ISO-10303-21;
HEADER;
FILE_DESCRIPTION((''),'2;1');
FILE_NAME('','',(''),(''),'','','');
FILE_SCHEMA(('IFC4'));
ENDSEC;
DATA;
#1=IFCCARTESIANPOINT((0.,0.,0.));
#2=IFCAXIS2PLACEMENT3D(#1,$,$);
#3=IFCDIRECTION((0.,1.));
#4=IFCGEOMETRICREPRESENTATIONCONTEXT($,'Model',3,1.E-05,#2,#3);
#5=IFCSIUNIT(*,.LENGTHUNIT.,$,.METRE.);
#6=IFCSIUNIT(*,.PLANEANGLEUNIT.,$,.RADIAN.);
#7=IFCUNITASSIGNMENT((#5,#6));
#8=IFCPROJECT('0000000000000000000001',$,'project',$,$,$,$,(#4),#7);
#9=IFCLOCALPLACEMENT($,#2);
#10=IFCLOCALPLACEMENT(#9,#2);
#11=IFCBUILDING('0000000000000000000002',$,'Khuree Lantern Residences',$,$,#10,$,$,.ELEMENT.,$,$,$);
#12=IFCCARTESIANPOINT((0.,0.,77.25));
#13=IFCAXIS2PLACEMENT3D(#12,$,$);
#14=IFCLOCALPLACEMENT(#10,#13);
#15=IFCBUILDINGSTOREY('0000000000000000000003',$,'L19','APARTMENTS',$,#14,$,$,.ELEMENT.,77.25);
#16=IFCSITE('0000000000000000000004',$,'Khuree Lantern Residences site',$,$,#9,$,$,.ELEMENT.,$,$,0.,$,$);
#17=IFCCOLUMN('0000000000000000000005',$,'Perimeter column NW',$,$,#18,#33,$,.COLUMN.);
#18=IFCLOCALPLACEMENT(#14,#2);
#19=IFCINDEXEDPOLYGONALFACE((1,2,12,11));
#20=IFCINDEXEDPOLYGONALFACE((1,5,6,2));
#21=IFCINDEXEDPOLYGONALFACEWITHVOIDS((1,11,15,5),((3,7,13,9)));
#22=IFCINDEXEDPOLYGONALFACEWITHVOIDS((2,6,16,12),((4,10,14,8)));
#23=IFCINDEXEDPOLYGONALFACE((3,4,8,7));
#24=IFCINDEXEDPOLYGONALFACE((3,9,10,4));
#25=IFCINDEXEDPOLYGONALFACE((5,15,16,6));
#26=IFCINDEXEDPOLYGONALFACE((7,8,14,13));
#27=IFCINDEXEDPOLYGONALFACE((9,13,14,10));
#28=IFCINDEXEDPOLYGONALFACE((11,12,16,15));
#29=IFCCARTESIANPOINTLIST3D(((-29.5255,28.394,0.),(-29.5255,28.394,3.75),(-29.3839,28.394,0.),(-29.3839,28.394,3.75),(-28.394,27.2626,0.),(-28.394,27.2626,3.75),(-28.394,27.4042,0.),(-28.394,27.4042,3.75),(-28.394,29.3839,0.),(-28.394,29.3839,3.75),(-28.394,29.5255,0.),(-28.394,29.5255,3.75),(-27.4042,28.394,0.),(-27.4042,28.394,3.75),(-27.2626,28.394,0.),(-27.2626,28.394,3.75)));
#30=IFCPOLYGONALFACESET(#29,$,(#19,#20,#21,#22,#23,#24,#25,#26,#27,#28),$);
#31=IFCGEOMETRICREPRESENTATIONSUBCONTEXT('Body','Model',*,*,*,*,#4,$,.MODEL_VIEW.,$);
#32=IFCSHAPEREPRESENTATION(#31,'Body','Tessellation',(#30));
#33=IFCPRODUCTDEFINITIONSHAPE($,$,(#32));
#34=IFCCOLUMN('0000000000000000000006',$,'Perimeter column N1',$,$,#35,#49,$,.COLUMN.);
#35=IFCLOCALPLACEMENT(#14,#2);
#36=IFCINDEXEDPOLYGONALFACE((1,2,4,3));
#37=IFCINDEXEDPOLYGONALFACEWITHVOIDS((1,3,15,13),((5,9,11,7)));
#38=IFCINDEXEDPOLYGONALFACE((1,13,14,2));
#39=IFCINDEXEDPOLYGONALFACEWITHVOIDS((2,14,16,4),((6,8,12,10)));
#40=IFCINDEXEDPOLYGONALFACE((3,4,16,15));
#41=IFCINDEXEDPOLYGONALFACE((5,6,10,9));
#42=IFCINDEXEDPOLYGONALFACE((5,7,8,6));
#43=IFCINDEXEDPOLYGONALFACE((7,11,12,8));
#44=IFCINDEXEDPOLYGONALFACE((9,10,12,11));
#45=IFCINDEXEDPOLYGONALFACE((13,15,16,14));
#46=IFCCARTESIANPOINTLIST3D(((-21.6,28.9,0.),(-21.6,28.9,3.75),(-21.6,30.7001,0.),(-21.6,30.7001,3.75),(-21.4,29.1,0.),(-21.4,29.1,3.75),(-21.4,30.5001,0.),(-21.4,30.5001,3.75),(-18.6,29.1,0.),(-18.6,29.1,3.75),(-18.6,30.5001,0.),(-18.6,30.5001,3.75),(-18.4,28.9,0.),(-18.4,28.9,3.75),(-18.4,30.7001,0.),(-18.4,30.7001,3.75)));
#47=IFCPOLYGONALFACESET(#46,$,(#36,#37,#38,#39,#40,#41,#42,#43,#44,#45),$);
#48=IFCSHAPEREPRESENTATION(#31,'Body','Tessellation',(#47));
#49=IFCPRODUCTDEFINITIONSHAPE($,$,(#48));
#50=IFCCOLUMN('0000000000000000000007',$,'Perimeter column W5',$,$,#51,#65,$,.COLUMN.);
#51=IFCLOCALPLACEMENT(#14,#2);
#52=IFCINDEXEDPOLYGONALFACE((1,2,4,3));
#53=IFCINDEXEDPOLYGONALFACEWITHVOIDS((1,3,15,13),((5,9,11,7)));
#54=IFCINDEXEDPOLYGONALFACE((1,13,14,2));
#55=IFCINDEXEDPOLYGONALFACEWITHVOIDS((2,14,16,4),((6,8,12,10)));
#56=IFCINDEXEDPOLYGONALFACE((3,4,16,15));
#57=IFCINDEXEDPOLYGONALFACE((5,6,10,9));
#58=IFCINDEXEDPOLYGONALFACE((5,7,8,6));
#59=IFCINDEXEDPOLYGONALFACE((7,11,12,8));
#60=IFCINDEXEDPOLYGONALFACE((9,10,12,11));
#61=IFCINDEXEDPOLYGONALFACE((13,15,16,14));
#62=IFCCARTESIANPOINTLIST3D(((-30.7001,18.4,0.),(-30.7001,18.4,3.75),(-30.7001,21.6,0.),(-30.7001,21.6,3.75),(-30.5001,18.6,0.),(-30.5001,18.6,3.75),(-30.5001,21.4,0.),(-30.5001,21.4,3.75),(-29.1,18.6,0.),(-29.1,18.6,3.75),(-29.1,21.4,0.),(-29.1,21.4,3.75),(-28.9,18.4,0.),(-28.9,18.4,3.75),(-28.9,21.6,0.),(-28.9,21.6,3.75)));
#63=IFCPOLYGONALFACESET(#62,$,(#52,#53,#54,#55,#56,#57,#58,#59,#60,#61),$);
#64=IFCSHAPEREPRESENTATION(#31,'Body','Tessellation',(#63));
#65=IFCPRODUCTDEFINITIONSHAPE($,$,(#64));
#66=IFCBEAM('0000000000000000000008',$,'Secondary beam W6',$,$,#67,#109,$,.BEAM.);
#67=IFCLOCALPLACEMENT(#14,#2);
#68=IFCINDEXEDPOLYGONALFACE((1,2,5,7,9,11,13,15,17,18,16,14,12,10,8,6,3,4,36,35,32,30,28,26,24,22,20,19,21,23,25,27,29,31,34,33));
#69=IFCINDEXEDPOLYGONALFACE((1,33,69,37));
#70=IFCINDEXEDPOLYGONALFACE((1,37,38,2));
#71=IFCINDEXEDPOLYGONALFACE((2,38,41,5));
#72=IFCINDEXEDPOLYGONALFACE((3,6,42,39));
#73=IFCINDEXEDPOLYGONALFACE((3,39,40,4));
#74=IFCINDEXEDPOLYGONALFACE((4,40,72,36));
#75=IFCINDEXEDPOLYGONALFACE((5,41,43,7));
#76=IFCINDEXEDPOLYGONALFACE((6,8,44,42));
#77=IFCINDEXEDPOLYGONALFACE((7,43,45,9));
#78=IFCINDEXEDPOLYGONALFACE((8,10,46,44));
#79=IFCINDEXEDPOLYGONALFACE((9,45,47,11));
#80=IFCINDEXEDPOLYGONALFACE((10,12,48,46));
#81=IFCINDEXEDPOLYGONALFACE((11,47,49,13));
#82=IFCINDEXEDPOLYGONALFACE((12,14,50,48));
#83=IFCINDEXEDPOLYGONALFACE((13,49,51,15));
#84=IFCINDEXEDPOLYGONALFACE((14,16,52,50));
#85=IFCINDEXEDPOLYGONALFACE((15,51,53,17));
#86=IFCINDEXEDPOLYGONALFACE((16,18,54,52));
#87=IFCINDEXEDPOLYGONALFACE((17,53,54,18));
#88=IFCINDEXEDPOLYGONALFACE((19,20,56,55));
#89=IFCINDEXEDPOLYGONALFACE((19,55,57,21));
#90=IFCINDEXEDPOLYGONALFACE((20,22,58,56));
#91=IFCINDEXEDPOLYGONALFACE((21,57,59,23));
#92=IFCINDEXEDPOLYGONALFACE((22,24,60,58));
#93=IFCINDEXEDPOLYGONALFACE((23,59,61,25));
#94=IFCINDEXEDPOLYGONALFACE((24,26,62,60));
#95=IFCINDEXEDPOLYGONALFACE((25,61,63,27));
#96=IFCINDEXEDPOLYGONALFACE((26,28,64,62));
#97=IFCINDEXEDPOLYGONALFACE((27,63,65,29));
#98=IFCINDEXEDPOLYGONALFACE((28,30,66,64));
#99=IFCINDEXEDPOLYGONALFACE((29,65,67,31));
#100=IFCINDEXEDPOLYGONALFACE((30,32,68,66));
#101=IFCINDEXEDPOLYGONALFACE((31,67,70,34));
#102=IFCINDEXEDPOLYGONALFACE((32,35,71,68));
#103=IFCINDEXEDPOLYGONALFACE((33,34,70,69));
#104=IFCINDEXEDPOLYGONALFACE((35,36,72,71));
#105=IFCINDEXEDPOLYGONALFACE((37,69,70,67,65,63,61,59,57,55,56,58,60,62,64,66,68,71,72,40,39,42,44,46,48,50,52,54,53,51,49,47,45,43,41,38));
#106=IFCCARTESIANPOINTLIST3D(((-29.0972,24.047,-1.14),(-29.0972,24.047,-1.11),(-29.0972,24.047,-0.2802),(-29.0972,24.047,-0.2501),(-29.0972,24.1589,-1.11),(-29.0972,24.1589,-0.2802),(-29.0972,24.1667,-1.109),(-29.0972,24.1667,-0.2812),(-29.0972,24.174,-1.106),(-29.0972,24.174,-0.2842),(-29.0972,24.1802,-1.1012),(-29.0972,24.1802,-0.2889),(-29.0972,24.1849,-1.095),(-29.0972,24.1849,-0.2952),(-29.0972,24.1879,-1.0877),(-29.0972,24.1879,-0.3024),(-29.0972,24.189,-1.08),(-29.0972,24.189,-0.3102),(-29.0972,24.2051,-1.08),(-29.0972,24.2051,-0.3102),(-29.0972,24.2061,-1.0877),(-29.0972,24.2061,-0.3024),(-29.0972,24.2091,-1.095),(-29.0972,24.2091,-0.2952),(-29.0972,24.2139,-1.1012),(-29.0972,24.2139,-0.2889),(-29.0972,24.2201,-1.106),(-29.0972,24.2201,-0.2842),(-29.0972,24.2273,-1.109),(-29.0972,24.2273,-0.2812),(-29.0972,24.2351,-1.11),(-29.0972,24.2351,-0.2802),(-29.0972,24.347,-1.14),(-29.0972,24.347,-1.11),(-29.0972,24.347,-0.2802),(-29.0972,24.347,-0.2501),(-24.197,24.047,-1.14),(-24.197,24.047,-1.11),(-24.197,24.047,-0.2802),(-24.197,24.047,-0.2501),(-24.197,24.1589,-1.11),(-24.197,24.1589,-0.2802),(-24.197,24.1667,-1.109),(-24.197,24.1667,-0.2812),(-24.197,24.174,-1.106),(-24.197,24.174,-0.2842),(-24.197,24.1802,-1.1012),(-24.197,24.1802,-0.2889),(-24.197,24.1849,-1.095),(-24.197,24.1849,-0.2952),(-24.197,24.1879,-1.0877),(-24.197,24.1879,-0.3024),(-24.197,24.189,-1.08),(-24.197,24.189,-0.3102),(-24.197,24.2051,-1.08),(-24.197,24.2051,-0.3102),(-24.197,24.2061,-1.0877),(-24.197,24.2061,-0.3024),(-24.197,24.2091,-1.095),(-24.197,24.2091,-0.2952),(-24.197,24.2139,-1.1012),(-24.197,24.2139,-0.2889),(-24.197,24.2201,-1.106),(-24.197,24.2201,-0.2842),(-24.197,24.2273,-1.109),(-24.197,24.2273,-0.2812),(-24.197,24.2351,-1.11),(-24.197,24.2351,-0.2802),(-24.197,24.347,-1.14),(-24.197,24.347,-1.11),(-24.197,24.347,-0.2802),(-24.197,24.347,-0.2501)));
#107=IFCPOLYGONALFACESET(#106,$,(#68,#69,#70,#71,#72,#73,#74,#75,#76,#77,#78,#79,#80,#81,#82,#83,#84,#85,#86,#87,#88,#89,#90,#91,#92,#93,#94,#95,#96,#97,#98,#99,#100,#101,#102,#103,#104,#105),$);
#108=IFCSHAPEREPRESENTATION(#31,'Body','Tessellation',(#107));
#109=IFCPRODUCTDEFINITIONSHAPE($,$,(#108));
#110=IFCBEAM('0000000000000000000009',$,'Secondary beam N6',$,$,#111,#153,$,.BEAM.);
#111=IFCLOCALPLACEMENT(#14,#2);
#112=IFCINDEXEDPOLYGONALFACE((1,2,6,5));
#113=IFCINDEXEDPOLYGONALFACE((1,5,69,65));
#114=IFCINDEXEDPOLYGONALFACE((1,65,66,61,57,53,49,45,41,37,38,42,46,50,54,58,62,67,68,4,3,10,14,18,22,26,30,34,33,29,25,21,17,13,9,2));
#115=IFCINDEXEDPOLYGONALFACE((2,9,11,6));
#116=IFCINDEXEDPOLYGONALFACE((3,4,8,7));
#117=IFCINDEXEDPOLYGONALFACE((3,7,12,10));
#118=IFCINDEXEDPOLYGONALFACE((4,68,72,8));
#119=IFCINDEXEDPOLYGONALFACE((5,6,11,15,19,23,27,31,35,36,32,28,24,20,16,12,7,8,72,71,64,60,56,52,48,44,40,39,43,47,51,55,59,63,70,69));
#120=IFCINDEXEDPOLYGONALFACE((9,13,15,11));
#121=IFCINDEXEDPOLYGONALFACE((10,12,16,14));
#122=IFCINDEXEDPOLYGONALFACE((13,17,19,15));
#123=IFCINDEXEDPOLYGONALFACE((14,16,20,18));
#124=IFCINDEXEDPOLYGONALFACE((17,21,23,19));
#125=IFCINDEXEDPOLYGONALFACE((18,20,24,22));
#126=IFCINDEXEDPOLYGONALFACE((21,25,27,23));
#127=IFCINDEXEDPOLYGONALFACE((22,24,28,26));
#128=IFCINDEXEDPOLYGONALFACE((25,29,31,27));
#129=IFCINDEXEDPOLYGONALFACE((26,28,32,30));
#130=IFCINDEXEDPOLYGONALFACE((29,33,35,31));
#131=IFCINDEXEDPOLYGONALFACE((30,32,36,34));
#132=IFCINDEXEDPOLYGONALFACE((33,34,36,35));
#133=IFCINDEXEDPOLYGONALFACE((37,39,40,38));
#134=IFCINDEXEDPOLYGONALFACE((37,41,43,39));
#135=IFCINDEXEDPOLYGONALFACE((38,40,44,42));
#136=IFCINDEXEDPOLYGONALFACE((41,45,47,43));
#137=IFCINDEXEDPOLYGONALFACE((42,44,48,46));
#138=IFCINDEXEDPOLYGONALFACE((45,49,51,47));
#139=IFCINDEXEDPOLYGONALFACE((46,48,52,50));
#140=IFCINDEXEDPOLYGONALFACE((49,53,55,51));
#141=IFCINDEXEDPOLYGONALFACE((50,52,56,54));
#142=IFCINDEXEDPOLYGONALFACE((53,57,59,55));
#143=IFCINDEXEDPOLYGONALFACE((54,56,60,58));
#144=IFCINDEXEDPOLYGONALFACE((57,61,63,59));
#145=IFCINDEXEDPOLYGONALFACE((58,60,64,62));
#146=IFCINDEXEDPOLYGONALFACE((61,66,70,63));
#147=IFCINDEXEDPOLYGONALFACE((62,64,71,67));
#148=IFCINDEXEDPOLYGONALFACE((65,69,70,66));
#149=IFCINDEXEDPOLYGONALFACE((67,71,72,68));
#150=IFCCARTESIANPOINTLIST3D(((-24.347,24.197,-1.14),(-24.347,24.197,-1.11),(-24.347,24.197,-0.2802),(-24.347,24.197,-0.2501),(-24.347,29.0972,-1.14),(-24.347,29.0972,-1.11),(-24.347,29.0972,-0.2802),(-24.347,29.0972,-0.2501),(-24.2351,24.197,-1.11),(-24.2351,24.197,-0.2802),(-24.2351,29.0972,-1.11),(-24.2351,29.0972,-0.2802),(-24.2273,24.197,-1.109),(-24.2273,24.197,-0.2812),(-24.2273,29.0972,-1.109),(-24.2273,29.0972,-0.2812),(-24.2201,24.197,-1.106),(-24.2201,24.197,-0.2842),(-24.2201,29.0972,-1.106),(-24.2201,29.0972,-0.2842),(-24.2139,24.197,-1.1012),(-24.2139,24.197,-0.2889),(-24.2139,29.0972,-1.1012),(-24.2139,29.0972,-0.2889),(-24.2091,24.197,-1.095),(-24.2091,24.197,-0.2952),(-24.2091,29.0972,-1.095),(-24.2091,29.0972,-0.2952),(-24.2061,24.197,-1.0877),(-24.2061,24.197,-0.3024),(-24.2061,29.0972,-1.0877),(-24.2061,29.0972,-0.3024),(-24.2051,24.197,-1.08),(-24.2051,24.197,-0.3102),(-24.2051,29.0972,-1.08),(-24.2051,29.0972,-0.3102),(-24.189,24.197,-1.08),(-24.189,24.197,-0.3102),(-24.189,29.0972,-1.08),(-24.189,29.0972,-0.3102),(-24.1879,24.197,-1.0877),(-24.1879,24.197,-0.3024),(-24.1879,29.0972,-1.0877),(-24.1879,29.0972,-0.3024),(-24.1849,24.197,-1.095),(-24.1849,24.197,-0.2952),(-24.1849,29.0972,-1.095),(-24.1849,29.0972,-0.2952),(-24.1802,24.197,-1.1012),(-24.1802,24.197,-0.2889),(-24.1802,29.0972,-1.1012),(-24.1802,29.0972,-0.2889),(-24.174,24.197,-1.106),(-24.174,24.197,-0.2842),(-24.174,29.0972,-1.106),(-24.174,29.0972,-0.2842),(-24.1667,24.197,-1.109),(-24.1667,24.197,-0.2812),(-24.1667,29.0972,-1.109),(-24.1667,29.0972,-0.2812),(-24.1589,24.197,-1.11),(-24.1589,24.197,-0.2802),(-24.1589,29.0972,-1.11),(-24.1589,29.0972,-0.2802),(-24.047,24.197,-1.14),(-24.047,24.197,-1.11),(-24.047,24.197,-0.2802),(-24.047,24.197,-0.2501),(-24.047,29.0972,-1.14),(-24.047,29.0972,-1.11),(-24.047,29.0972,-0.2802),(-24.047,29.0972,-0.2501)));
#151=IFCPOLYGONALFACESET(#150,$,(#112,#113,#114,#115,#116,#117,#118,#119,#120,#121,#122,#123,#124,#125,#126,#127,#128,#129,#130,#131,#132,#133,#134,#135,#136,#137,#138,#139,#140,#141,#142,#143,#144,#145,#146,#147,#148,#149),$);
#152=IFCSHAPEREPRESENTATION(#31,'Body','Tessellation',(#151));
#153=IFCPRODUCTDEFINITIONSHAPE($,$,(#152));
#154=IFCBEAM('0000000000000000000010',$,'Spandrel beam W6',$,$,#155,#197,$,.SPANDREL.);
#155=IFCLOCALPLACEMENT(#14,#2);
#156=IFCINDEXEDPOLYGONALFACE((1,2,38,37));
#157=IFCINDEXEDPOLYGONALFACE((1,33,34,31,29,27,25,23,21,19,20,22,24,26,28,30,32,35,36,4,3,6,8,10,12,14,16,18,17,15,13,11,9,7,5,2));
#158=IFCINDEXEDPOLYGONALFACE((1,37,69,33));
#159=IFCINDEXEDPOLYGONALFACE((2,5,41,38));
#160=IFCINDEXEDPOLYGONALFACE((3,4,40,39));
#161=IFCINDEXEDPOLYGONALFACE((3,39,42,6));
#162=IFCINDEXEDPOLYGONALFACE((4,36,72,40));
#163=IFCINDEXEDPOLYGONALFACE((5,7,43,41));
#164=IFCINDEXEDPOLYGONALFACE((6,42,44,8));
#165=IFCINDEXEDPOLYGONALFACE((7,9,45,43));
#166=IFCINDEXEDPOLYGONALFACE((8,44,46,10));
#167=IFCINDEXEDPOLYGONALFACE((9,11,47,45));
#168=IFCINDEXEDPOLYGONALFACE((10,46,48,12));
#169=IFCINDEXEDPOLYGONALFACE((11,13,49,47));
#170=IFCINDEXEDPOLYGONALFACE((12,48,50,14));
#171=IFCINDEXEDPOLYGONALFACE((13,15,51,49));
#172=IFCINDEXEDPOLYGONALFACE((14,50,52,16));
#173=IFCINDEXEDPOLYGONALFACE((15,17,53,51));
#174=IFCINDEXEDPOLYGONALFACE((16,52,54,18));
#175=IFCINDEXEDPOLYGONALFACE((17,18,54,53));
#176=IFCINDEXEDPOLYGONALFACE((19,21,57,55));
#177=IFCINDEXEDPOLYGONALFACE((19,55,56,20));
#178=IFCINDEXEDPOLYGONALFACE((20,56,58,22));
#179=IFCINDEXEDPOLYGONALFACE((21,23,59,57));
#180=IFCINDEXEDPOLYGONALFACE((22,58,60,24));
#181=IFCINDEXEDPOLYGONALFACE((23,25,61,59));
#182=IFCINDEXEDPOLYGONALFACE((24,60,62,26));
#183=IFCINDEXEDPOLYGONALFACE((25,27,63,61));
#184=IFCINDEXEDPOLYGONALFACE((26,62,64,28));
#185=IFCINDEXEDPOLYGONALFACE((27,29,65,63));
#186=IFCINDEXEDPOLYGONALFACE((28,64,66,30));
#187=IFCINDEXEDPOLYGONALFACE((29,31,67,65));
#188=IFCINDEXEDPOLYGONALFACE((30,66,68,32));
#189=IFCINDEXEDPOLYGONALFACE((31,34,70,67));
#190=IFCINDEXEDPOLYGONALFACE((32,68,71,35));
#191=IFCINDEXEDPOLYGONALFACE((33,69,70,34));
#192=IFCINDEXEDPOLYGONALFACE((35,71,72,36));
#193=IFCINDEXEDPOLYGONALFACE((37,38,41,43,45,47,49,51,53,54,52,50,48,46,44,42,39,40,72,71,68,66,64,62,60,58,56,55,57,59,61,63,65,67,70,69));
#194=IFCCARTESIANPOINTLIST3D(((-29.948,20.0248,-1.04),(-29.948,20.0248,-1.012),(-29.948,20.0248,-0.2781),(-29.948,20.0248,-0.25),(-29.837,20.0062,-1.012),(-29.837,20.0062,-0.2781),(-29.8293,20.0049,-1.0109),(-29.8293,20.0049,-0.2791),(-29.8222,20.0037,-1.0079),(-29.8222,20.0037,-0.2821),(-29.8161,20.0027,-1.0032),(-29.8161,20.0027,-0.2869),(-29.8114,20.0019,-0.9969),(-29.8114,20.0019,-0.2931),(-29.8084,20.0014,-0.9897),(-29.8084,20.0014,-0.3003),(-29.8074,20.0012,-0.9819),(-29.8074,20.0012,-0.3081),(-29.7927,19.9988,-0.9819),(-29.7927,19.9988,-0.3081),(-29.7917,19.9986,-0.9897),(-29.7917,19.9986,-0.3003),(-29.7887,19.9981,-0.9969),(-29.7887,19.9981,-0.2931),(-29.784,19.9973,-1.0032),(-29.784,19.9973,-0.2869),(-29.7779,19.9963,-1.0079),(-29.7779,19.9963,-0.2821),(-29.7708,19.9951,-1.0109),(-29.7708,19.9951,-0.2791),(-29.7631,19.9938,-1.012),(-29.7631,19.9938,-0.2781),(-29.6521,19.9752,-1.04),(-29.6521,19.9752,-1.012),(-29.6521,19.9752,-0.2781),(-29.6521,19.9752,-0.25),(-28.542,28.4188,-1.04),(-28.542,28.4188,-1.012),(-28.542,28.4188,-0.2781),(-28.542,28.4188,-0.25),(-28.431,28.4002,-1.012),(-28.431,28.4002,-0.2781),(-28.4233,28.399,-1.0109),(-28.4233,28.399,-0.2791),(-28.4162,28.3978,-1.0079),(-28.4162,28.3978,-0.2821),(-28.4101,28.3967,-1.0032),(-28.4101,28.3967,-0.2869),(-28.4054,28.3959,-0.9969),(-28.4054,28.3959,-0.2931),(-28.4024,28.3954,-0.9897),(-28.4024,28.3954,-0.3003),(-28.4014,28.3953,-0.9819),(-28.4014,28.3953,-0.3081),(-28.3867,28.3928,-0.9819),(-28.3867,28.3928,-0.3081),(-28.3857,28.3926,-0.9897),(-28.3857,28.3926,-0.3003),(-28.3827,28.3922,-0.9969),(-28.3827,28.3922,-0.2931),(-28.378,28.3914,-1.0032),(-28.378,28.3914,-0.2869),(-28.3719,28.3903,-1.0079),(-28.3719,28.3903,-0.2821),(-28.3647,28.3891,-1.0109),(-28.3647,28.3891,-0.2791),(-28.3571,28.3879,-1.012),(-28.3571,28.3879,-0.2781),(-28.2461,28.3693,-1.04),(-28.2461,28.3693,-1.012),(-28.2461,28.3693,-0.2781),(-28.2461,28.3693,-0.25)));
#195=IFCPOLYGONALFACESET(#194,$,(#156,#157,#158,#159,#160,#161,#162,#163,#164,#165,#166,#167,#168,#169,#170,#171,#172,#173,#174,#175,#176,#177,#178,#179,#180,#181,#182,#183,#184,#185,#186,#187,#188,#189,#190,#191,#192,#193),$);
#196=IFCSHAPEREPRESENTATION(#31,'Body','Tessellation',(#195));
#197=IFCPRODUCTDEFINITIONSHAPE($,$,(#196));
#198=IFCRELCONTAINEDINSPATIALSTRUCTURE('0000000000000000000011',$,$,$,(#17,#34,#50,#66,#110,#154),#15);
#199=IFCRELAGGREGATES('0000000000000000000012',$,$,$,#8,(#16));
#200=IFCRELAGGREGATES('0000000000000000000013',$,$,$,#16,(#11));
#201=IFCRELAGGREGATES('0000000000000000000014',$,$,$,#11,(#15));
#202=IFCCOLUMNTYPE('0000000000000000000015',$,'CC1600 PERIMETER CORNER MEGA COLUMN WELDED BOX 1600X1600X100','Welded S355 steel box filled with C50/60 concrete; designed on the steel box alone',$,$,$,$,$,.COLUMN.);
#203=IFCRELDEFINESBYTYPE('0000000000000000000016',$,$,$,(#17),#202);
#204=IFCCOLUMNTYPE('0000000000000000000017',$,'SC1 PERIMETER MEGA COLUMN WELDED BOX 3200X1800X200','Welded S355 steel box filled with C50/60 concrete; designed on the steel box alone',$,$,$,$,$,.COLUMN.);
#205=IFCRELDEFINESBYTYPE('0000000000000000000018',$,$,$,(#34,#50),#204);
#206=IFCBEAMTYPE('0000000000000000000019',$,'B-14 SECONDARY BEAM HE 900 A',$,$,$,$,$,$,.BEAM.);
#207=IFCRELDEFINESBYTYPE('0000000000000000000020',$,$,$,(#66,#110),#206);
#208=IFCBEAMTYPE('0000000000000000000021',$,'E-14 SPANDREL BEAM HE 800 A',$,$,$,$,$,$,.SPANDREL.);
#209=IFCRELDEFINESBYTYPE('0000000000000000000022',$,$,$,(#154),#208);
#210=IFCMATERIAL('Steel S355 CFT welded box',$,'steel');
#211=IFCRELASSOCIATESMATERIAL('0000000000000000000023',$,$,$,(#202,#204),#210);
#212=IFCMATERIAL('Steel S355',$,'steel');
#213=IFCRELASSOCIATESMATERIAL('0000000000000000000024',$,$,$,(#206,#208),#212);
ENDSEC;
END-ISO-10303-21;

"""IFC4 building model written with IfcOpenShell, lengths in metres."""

from ifc_helpers import new_model, si_unit, direction, frame, origin, origin_2d, place, context, subcontext, project, spatial, hollow_rectangle, i_section, extrude, material, material_profile, profile_set, type_object, element, save


model = new_model("IFC4")

# Units and contexts
model_context = context("Model", 3, precision=1e-05, world=origin(), true_north=direction((0.0, 1.0)))
body_context = subcontext(model_context, "Body", "Model", "MODEL_VIEW")
ifc_project = project(units=[si_unit("LENGTHUNIT", "METRE"), si_unit("PLANEANGLEUNIT", "RADIAN")], contexts=[model_context])

# Site, building, storey
site_placement = place(None, origin())
site = spatial("IfcSite", under=ifc_project, at=site_placement, Name="Khuree Lantern Residences site", CompositionType="ELEMENT", RefElevation=0.0)
building_placement = place(site_placement, origin())
building = spatial("IfcBuilding", under=site, at=building_placement, Name="Khuree Lantern Residences", CompositionType="ELEMENT")
storey_placement = place(building_placement, frame((0.0, 0.0, 77.25)))
storey = spatial("IfcBuildingStorey", under=building, at=storey_placement, Name="L19", Description="APARTMENTS", CompositionType="ELEMENT", Elevation=77.25)

# Columns
ifc_material_1 = material(Name="Steel S355 CFT welded box", Category="steel")
ifc_material_profile_1 = material_profile(ifc_material_1, hollow_rectangle(XDim=1.6001, YDim=1.6001, WallThickness=0.1001, at=origin_2d()), Name="WELDED BOX 1600X1600X100")
ifc_profile_set_1 = profile_set([ifc_material_profile_1], Name="Steel S355 CFT welded box")
column_type_1 = type_object("IfcColumnType", Name="CC1600 PERIMETER CORNER MEGA COLUMN WELDED BOX 1600X1600X100", Description="Welded S355 steel box filled with C50/60 concrete; designed on the steel box alone", PredefinedType="COLUMN", material=ifc_profile_set_1)
column_placement = place(storey_placement, frame((-28.394, 28.394, 0.0), z_axis=(0.0, 0.0, 1.0), x_axis=(0.707107, 0.707107, 0.0)))
element("IfcColumn", 1, at=column_placement, inside=storey, type_object=column_type_1, Name="Perimeter column NW", PredefinedType="COLUMN", context=body_context, shape_type="SweptSolid", body=[
    extrude(hollow_rectangle(XDim=1.6001, YDim=1.6001, WallThickness=0.1001, at=origin_2d()), origin(), (0.0, 0.0, 1.0), 3.75),
])
ifc_material_profile_2 = material_profile(ifc_material_1, hollow_rectangle(XDim=3.2, YDim=1.8, WallThickness=0.2, at=origin_2d()), Name="WELDED BOX 3200X1800X200")
ifc_profile_set_2 = profile_set([ifc_material_profile_2], Name="Steel S355 CFT welded box")
column_type_2 = type_object("IfcColumnType", Name="SC1 PERIMETER MEGA COLUMN WELDED BOX 3200X1800X200", Description="Welded S355 steel box filled with C50/60 concrete; designed on the steel box alone", PredefinedType="COLUMN", material=ifc_profile_set_2)
for number, where, z_axis, x_axis, name in (
    (2, (-20.0, 29.8, 0.0), (0.0, 0.0, 1.0), (1.0, 0.0, 0.0), "Perimeter column N1"),
    (3, (-29.8, 20.0, 0.0), (0.0, 0.0, 1.0), (0.0, 1.0, 0.0), "Perimeter column W5"),
):
    element("IfcColumn", number, at=place(storey_placement, frame(where, z_axis=z_axis, x_axis=x_axis)), inside=storey, type_object=column_type_2, Name=name, PredefinedType="COLUMN", context=body_context, shape_type="SweptSolid", body=[
        extrude(hollow_rectangle(XDim=3.2, YDim=1.8, WallThickness=0.2, at=origin_2d()), origin(), (0.0, 0.0, 1.0), 3.75),
    ])

# Beams
ifc_material_2 = material(Name="Steel S355", Category="steel")
ifc_material_profile_3 = material_profile(ifc_material_2, i_section(OverallWidth=0.3, OverallDepth=0.8899, WebThickness=0.0161, FlangeThickness=0.03, FilletRadius=0.03, at=origin_2d()), Name="HE 900 A")
ifc_profile_set_3 = profile_set([ifc_material_profile_3], Name="Steel S355")
beam_type_1 = type_object("IfcBeamType", Name="B-14 SECONDARY BEAM HE 900 A", PredefinedType="BEAM", material=ifc_profile_set_3)
for number, where, z_axis, x_axis, name in (
    (4, (-29.0972, 24.197, -0.6951), (1.0, 0.0, 0.0), (0.0, 1.0, 0.0), "Secondary beam W6"),
    (5, (-24.197, 29.0972, -0.6951), (0.0, -1.0, 0.0), (1.0, 0.0, 0.0), "Secondary beam N6"),
):
    element("IfcBeam", number, at=place(storey_placement, frame(where, z_axis=z_axis, x_axis=x_axis)), inside=storey, type_object=beam_type_1, Name=name, PredefinedType="BEAM", context=body_context, shape_type="SweptSolid", body=[
        extrude(i_section(OverallWidth=0.3, OverallDepth=0.8899, WebThickness=0.0161, FlangeThickness=0.03, FilletRadius=0.03, at=origin_2d()), origin(), (0.0, 0.0, 1.0), 4.9001),
    ])
ifc_material_profile_4 = material_profile(ifc_material_2, i_section(OverallWidth=0.3, OverallDepth=0.79, WebThickness=0.0149, FlangeThickness=0.0281, FilletRadius=0.03, at=origin_2d()), Name="HE 800 A")
ifc_profile_set_4 = profile_set([ifc_material_profile_4], Name="Steel S355")
beam_type_2 = type_object("IfcBeamType", Name="E-14 SPANDREL BEAM HE 800 A", PredefinedType="SPANDREL", material=ifc_profile_set_4)
for number, where, z_axis, x_axis, name in (
    (6, (-29.8, 20.0, -0.645), (0.165199, 0.98626, 0.0), (-0.98626, 0.165199, 0.0), "Spandrel beam W6"),
):
    element("IfcBeam", number, at=place(storey_placement, frame(where, z_axis=z_axis, x_axis=x_axis)), inside=storey, type_object=beam_type_2, Name=name, PredefinedType="SPANDREL", context=body_context, shape_type="SweptSolid", body=[
        extrude(i_section(OverallWidth=0.3, OverallDepth=0.79, WebThickness=0.0149, FlangeThickness=0.0281, FilletRadius=0.03, at=origin_2d()), origin(), (0.0, 0.0, 1.0), 8.511),
    ])

save(model, "model.ifc")
